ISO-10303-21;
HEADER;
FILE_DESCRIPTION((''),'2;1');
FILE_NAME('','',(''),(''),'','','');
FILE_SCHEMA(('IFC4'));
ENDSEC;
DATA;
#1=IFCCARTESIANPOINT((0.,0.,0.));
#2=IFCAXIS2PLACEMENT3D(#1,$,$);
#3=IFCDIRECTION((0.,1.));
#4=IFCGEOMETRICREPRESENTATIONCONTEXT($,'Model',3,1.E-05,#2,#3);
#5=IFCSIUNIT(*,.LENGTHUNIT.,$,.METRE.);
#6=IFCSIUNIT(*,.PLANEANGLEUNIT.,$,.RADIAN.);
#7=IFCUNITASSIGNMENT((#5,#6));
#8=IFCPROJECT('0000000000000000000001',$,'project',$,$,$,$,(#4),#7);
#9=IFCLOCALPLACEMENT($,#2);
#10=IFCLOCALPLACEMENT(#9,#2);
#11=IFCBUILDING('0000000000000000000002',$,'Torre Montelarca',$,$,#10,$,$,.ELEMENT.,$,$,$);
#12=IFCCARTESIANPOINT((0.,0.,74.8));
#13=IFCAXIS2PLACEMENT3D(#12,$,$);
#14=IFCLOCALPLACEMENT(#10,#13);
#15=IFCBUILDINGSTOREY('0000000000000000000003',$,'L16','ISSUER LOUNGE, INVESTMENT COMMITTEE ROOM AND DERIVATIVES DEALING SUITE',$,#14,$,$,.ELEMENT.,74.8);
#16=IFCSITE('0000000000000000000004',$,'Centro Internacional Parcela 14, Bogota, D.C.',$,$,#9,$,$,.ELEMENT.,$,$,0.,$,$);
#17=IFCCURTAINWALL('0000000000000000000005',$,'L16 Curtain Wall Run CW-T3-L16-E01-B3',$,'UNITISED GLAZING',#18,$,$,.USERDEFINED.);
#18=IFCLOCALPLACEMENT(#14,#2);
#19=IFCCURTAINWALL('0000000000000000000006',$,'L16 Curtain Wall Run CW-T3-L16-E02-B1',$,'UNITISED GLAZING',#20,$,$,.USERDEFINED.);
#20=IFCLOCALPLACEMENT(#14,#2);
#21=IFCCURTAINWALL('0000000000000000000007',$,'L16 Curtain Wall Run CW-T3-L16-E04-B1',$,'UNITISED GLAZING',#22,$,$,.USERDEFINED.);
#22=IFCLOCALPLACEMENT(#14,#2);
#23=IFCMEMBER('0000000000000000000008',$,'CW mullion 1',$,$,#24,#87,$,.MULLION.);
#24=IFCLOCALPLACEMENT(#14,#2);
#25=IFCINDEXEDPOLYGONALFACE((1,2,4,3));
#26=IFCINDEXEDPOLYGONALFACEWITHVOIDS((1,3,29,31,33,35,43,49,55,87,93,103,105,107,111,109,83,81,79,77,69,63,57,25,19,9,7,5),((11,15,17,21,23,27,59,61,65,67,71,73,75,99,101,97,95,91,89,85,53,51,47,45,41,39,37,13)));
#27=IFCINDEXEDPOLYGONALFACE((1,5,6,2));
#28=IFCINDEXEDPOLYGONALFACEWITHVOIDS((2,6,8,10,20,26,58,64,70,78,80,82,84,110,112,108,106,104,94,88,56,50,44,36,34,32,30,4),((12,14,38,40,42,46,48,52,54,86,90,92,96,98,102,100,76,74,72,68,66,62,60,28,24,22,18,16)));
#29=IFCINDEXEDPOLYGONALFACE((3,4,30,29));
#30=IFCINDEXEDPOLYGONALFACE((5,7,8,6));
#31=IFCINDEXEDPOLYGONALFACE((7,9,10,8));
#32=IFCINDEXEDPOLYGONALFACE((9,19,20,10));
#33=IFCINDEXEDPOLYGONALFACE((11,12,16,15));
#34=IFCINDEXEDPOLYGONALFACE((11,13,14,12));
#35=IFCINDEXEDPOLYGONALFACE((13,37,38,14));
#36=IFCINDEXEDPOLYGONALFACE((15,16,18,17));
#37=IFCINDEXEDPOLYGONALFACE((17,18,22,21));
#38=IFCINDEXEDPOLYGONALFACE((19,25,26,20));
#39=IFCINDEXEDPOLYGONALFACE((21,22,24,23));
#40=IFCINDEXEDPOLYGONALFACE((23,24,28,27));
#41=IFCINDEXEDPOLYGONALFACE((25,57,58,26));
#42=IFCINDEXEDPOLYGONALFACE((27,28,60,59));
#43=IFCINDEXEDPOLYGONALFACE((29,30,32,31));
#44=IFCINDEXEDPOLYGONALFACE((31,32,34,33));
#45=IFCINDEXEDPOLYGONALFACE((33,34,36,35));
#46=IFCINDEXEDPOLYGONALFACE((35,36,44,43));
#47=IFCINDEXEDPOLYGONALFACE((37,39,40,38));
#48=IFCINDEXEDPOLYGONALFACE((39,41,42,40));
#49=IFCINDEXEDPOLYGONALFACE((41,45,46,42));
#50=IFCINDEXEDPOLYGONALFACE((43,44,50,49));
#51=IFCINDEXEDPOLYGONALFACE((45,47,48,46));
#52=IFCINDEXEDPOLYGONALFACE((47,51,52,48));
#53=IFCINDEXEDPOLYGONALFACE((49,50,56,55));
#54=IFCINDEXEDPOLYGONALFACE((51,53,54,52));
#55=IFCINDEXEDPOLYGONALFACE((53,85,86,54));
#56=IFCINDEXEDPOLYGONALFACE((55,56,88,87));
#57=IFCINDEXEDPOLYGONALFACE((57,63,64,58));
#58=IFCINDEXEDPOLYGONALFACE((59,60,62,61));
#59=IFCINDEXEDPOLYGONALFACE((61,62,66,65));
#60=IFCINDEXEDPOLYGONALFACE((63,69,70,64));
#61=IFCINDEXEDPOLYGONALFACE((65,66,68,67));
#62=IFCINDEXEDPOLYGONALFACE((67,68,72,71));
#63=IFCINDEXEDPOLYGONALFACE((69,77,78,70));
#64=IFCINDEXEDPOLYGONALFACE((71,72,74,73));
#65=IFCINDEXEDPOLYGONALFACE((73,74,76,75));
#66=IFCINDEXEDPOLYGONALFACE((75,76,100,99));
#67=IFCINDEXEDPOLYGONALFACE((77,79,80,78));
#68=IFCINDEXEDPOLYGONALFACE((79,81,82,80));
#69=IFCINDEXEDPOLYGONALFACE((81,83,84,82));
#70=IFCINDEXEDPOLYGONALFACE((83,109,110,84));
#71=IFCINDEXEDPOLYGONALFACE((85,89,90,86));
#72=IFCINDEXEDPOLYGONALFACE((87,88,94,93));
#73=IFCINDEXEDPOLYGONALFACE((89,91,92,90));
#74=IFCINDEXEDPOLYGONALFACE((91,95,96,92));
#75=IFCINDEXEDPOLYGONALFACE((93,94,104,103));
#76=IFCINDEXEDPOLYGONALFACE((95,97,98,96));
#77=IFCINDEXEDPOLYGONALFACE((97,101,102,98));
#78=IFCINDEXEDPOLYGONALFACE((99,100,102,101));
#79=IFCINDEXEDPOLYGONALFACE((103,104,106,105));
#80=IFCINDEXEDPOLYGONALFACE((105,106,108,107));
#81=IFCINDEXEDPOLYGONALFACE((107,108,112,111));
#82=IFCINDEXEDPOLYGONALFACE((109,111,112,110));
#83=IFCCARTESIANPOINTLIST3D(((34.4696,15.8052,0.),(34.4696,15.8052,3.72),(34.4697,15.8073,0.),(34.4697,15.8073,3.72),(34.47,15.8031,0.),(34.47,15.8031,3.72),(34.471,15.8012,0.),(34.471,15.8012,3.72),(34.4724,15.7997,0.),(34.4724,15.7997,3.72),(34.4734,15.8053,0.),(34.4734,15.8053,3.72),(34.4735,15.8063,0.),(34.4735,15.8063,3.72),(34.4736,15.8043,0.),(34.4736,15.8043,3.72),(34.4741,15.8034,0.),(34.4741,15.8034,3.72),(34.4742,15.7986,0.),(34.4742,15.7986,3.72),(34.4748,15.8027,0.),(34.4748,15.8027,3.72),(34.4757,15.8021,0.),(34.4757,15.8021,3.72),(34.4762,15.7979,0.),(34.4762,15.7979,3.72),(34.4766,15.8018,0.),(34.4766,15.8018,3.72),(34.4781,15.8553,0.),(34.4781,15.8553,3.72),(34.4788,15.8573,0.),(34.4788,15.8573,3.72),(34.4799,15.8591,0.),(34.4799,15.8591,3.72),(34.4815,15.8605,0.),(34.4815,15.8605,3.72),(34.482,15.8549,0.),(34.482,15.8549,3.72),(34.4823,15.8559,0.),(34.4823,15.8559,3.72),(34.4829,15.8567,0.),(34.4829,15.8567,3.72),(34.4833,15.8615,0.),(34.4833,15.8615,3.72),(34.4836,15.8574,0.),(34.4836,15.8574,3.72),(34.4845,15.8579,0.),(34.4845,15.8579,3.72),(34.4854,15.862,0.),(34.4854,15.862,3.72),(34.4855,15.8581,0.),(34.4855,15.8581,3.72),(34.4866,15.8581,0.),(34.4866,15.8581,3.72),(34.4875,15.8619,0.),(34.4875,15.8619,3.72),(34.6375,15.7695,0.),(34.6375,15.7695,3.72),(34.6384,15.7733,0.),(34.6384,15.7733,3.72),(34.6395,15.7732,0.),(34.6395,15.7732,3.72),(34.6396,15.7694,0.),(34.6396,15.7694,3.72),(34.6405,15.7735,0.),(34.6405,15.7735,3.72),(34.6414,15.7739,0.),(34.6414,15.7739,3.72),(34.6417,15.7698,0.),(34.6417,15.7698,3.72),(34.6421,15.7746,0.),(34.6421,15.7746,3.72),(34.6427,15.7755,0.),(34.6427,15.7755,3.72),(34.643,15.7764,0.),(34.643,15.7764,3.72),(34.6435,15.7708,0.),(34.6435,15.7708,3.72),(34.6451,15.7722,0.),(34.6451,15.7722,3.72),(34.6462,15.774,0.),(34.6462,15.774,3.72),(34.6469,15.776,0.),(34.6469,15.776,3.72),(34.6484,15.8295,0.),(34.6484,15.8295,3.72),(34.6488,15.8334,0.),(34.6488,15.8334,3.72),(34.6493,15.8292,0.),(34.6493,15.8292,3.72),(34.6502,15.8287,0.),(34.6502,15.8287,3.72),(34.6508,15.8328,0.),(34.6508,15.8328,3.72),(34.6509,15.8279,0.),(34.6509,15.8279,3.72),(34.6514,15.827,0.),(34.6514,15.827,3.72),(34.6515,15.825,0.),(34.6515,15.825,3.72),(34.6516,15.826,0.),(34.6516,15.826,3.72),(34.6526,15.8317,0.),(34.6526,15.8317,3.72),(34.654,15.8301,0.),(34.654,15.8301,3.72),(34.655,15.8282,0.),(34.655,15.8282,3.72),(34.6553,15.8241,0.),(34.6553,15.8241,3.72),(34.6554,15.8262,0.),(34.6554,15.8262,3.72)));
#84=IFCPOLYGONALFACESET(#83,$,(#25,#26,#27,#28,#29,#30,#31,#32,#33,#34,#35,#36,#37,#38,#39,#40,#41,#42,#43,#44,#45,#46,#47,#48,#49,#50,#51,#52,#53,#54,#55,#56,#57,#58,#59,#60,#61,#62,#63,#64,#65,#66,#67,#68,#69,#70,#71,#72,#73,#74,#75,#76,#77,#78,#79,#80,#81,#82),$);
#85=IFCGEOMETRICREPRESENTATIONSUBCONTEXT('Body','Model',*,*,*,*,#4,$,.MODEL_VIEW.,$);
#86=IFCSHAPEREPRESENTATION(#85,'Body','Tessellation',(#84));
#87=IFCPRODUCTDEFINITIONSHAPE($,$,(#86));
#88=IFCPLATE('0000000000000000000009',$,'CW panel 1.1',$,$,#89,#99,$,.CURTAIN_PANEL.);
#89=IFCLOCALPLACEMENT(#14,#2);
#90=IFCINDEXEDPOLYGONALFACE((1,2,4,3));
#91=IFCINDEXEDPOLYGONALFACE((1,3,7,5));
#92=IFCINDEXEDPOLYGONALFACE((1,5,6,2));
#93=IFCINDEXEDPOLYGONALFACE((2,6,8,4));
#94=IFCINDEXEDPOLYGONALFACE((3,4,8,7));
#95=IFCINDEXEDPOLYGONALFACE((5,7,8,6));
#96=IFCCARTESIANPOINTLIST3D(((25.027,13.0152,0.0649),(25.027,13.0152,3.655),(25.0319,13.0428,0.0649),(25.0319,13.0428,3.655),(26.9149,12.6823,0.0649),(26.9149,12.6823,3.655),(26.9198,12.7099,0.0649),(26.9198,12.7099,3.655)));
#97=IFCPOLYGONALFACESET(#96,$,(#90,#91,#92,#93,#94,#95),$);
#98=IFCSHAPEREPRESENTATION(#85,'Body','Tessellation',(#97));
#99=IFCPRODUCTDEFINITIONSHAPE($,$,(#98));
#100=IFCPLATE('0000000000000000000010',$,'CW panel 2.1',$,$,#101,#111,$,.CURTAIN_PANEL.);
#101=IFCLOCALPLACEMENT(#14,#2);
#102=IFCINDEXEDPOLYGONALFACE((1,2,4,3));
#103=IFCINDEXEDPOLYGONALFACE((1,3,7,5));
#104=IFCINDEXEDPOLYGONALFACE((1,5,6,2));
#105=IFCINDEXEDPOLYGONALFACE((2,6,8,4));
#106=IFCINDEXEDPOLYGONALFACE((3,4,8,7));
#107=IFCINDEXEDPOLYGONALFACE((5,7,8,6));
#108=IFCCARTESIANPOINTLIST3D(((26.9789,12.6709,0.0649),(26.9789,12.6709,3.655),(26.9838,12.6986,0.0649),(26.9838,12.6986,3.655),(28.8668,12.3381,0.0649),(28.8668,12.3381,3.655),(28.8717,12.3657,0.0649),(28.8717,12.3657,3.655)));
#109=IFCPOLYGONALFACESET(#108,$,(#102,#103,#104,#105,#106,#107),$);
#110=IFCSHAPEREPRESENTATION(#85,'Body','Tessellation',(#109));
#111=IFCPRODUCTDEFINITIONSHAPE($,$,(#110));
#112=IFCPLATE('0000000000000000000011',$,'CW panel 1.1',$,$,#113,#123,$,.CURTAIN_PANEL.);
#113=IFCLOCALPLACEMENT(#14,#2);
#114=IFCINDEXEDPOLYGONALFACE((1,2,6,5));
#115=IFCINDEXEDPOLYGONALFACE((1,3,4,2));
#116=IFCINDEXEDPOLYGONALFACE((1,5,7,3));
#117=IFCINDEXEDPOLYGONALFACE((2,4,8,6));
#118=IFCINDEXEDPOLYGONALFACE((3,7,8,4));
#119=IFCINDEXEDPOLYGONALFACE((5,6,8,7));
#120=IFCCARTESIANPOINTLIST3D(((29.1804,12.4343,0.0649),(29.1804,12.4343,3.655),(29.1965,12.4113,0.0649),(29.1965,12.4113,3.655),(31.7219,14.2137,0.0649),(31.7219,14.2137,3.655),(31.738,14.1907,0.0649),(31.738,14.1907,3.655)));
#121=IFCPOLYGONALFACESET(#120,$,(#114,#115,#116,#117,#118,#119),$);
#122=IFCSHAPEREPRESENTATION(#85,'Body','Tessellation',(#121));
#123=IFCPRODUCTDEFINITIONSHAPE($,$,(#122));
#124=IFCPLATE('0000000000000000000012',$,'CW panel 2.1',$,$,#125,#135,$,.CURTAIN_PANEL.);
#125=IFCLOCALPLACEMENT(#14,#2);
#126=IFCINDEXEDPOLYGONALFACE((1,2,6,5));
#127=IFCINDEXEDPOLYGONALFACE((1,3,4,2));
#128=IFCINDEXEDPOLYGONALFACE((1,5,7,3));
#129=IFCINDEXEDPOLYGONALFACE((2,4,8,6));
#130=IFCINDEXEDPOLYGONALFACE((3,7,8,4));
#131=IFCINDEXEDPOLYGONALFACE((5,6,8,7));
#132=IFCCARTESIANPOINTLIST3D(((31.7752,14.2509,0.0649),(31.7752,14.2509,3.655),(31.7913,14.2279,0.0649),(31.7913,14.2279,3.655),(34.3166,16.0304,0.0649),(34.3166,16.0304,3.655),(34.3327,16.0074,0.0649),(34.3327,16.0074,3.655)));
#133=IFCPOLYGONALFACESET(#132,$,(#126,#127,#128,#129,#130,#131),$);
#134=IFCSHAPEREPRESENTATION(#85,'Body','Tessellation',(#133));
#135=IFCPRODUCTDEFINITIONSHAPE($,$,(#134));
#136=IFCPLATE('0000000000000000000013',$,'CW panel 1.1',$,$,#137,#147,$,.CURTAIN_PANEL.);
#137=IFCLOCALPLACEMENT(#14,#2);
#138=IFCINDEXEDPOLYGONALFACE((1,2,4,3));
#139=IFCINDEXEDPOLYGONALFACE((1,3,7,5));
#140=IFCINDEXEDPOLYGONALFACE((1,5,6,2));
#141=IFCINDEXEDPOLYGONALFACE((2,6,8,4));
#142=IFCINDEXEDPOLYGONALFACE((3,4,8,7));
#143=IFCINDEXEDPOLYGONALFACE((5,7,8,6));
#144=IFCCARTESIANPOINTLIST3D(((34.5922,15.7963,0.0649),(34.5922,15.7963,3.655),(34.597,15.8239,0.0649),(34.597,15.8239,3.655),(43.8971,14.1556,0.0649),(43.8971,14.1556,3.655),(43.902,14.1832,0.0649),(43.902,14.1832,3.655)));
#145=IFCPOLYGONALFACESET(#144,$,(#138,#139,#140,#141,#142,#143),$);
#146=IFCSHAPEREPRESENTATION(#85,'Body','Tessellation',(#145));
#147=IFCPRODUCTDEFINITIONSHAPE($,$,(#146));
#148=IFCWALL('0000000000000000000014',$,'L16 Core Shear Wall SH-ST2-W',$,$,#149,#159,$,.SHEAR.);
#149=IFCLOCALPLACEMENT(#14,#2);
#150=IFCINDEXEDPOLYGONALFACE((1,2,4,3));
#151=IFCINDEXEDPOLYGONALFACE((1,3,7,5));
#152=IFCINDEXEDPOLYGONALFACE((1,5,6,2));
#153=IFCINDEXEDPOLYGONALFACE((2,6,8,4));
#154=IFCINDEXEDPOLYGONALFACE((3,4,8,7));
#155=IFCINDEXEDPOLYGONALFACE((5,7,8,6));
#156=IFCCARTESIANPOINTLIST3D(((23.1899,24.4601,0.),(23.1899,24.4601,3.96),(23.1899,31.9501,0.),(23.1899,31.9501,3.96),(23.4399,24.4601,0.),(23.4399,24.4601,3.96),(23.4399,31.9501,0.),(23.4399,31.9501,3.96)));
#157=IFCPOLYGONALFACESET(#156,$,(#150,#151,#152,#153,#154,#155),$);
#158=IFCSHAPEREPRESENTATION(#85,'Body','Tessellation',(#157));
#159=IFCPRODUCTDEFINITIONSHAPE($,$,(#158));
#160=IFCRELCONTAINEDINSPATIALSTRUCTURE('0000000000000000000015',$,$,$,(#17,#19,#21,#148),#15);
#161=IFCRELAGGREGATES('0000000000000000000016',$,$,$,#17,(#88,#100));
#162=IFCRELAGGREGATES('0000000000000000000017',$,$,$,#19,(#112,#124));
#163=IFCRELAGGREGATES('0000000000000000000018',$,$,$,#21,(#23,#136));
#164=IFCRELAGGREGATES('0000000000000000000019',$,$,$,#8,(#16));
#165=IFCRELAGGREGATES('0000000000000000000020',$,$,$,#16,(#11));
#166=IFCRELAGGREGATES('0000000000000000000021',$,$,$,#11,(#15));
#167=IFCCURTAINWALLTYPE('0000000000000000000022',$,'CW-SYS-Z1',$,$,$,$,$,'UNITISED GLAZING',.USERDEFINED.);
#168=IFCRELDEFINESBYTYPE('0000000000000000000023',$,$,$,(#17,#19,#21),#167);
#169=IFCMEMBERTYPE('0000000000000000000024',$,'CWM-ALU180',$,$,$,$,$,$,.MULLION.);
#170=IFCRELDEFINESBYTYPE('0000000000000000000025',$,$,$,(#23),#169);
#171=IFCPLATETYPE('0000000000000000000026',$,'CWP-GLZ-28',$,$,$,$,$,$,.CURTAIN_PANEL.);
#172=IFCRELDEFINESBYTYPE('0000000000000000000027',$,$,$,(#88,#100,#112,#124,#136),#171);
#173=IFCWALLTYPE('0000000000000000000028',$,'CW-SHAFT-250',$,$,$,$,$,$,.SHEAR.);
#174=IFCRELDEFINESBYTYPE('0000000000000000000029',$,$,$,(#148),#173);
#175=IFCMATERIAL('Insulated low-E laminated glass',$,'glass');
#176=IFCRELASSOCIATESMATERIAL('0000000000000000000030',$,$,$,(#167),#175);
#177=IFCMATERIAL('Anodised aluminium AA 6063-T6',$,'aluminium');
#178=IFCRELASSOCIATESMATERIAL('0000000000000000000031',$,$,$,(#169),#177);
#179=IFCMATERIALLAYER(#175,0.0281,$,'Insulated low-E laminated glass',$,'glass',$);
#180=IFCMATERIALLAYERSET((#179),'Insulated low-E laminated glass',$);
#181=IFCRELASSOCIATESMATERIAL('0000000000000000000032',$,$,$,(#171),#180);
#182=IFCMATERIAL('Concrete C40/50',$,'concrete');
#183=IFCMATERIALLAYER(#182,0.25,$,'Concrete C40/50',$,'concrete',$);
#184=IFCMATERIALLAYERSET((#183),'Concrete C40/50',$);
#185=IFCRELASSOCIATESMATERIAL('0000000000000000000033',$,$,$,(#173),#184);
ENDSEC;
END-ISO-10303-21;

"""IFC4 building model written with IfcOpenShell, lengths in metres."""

from ifc_helpers import new_model, si_unit, direction, frame, frame_2d, origin, origin_2d, place, context, subcontext, project, spatial, rectangle, hollow_rectangle, extrude, source, transform, mapped, material, layer, layer_set, material_profile, profile_set, type_object, element, aggregate, save


model = new_model("IFC4")

# Units and contexts
model_context = context("Model", 3, precision=1e-05, world=origin(), true_north=direction((0.0, 1.0)))
body_context = subcontext(model_context, "Body", "Model", "MODEL_VIEW")
ifc_project = project(units=[si_unit("LENGTHUNIT", "METRE"), si_unit("PLANEANGLEUNIT", "RADIAN")], contexts=[model_context])

# Site, building, storey
site_placement = place(None, origin())
site = spatial("IfcSite", under=ifc_project, at=site_placement, Name="Centro Internacional Parcela 14, Bogota, D.C.", CompositionType="ELEMENT", RefElevation=0.0)
building_placement = place(site_placement, origin())
building = spatial("IfcBuilding", under=site, at=building_placement, Name="Torre Montelarca", CompositionType="ELEMENT")
storey_placement = place(building_placement, frame((0.0, 0.0, 74.8)))
storey = spatial("IfcBuildingStorey", under=building, at=storey_placement, Name="L16", Description="ISSUER LOUNGE, INVESTMENT COMMITTEE ROOM AND DERIVATIVES DEALING SUITE", CompositionType="ELEMENT", Elevation=74.8)

# Curtain walls
ifc_material_1 = material(Name="Insulated low-E laminated glass", Category="glass")
curtain_wall_type = type_object("IfcCurtainWallType", Name="CW-SYS-Z1", ElementType="UNITISED GLAZING", PredefinedType="USERDEFINED", material=ifc_material_1)
curtain_wall_1_placement = place(storey_placement, origin())
curtain_wall_1 = element("IfcCurtainWall", 1, at=curtain_wall_1_placement, inside=storey, type_object=curtain_wall_type, Name="L16 Curtain Wall Run CW-T3-L16-E01-B3", ObjectType="UNITISED GLAZING", PredefinedType="USERDEFINED")
ifc_material_2 = material(Name="Anodised aluminium AA 6063-T6", Category="aluminium")
curtain_wall_2_placement = place(storey_placement, origin())
curtain_wall_2 = element("IfcCurtainWall", 2, at=curtain_wall_2_placement, inside=storey, type_object=curtain_wall_type, Name="L16 Curtain Wall Run CW-T3-L16-E02-B1", ObjectType="UNITISED GLAZING", PredefinedType="USERDEFINED")
curtain_wall_3_placement = place(storey_placement, origin())
curtain_wall_3 = element("IfcCurtainWall", 3, at=curtain_wall_3_placement, inside=storey, type_object=curtain_wall_type, Name="L16 Curtain Wall Run CW-T3-L16-E04-B1", ObjectType="UNITISED GLAZING", PredefinedType="USERDEFINED")

# Shared definitions
ifc_material_profile_1 = material_profile(ifc_material_2, hollow_rectangle(XDim=0.0649, YDim=0.1799, WallThickness=0.0039, InnerFilletRadius=0.0039, OuterFilletRadius=0.0081, at=origin_2d()), Name="ALU65X180X4", Category="aluminium")
ifc_profile_set_1 = profile_set([ifc_material_profile_1], Name="Anodised aluminium AA 6063-T6")
member_type_1 = type_object("IfcMemberType", Name="CWM-ALU180", PredefinedType="MULLION", material=ifc_profile_set_1)
shared_shape_1 = source(origin(), body_context, "Body", "SweptSolid", [
    extrude(hollow_rectangle(XDim=0.0649, YDim=0.1799, WallThickness=0.0039, InnerFilletRadius=0.0039, OuterFilletRadius=0.0081, at=origin_2d()), origin(), (0.0, 0.0, 1.0), 3.72),
])

# Member
member_1_placement = place(storey_placement, frame((34.5625, 15.8157, 0.0), z_axis=(0.0, 0.0, 1.0), x_axis=(0.173643, 0.984809, 0.0)))
member_1 = element("IfcMember", 4, at=member_1_placement, type_object=member_type_1, Name="CW mullion 1", PredefinedType="MULLION", context=body_context, shape_type="MappedRepresentation", body=[
    mapped(shared_shape_1, transform((0.0, 0.0, 0.0), scale=1.0)),
])

# Plates
ifc_layer_1 = layer(ifc_material_1, 0.0281, Name="Insulated low-E laminated glass", Category="glass")
ifc_layer_set_1 = layer_set([ifc_layer_1], Name="Insulated low-E laminated glass")
plate_type = type_object("IfcPlateType", Name="CWP-GLZ-28", PredefinedType="CURTAIN_PANEL", material=ifc_layer_set_1)
shared_shape_2 = source(origin(), body_context, "Body", "SweptSolid", [
    extrude(rectangle(XDim=1.917, YDim=0.0281, at=origin_2d()), origin(), (0.0, 0.0, 1.0), 3.5901),
])
plate_1_placement = place(storey_placement, frame((25.9734, 12.8625, 0.0649), z_axis=(0.0, 0.0, 1.0), x_axis=(0.98481, -0.173637, 0.0)))
plate_1 = element("IfcPlate", 5, at=plate_1_placement, type_object=plate_type, Name="CW panel 1.1", PredefinedType="CURTAIN_PANEL", context=body_context, shape_type="MappedRepresentation", body=[
    mapped(shared_shape_2, transform((0.0, 0.0, 0.0), scale=1.0)),
])
plate_2_placement = place(storey_placement, frame((27.9253, 12.5183, 0.0649), z_axis=(0.0, 0.0, 1.0), x_axis=(0.98481, -0.173637, 0.0)))
plate_2 = element("IfcPlate", 6, at=plate_2_placement, type_object=plate_type, Name="CW panel 2.1", PredefinedType="CURTAIN_PANEL", context=body_context, shape_type="MappedRepresentation", body=[
    mapped(shared_shape_2, transform((0.0, 0.0, 0.0), scale=1.0)),
])
aggregate(curtain_wall_1, [plate_1, plate_2])
shared_shape_3 = source(origin(), body_context, "Body", "SweptSolid", [
    extrude(rectangle(XDim=3.1025, YDim=0.0281, at=origin_2d()), origin(), (0.0, 0.0, 1.0), 3.5901),
])
plate_3_placement = place(storey_placement, frame((30.4592, 13.3125, 0.0649), z_axis=(0.0, 0.0, 1.0), x_axis=(0.819163, 0.573561, 0.0)))
plate_3 = element("IfcPlate", 7, at=plate_3_placement, type_object=plate_type, Name="CW panel 1.1", PredefinedType="CURTAIN_PANEL", context=body_context, shape_type="MappedRepresentation", body=[
    mapped(shared_shape_3, transform((0.0, 0.0, 0.0), scale=1.0)),
])
plate_4_placement = place(storey_placement, frame((33.054, 15.1292, 0.0649), z_axis=(0.0, 0.0, 1.0), x_axis=(0.819163, 0.573561, 0.0)))
plate_4 = element("IfcPlate", 8, at=plate_4_placement, type_object=plate_type, Name="CW panel 2.1", PredefinedType="CURTAIN_PANEL", context=body_context, shape_type="MappedRepresentation", body=[
    mapped(shared_shape_3, transform((0.0, 0.0, 0.0), scale=1.0)),
])
aggregate(curtain_wall_2, [plate_3, plate_4])
shared_shape_4 = source(origin(), body_context, "Body", "SweptSolid", [
    extrude(rectangle(XDim=9.4485, YDim=0.0281, at=origin_2d()), origin(), (0.0, 0.0, 1.0), 3.5901),
])
plate_5_placement = place(storey_placement, frame((39.2471, 14.9897, 0.0649), z_axis=(0.0, 0.0, 1.0), x_axis=(0.984809, -0.173643, 0.0)))
plate_5 = element("IfcPlate", 9, at=plate_5_placement, type_object=plate_type, Name="CW panel 1.1", PredefinedType="CURTAIN_PANEL", context=body_context, shape_type="MappedRepresentation", body=[
    mapped(shared_shape_4, transform((0.0, 0.0, 0.0), scale=1.0)),
])
aggregate(curtain_wall_3, [member_1, plate_5])

# Wall
ifc_material_3 = material(Name="Concrete C40/50", Category="concrete")
ifc_layer_2 = layer(ifc_material_3, 0.25, Name="Concrete C40/50", Category="concrete")
ifc_layer_set_2 = layer_set([ifc_layer_2], Name="Concrete C40/50")
wall_type_1 = type_object("IfcWallType", Name="CW-SHAFT-250", PredefinedType="SHEAR", material=ifc_layer_set_2)
wall_1_placement = place(storey_placement, frame((23.3149, 24.46, 0.0), z_axis=(0.0, 0.0, 1.0), x_axis=(0.0, 1.0, 0.0)))
element("IfcWall", 10, at=wall_1_placement, inside=storey, type_object=wall_type_1, Name="L16 Core Shear Wall SH-ST2-W", PredefinedType="SHEAR", context=body_context, shape_type="SweptSolid", body=[
    extrude(rectangle(XDim=7.49, YDim=0.25, at=frame_2d((3.7451, 0.0))), origin(), (0.0, 0.0, 1.0), 3.96),
])

save(model, "model.ifc")
